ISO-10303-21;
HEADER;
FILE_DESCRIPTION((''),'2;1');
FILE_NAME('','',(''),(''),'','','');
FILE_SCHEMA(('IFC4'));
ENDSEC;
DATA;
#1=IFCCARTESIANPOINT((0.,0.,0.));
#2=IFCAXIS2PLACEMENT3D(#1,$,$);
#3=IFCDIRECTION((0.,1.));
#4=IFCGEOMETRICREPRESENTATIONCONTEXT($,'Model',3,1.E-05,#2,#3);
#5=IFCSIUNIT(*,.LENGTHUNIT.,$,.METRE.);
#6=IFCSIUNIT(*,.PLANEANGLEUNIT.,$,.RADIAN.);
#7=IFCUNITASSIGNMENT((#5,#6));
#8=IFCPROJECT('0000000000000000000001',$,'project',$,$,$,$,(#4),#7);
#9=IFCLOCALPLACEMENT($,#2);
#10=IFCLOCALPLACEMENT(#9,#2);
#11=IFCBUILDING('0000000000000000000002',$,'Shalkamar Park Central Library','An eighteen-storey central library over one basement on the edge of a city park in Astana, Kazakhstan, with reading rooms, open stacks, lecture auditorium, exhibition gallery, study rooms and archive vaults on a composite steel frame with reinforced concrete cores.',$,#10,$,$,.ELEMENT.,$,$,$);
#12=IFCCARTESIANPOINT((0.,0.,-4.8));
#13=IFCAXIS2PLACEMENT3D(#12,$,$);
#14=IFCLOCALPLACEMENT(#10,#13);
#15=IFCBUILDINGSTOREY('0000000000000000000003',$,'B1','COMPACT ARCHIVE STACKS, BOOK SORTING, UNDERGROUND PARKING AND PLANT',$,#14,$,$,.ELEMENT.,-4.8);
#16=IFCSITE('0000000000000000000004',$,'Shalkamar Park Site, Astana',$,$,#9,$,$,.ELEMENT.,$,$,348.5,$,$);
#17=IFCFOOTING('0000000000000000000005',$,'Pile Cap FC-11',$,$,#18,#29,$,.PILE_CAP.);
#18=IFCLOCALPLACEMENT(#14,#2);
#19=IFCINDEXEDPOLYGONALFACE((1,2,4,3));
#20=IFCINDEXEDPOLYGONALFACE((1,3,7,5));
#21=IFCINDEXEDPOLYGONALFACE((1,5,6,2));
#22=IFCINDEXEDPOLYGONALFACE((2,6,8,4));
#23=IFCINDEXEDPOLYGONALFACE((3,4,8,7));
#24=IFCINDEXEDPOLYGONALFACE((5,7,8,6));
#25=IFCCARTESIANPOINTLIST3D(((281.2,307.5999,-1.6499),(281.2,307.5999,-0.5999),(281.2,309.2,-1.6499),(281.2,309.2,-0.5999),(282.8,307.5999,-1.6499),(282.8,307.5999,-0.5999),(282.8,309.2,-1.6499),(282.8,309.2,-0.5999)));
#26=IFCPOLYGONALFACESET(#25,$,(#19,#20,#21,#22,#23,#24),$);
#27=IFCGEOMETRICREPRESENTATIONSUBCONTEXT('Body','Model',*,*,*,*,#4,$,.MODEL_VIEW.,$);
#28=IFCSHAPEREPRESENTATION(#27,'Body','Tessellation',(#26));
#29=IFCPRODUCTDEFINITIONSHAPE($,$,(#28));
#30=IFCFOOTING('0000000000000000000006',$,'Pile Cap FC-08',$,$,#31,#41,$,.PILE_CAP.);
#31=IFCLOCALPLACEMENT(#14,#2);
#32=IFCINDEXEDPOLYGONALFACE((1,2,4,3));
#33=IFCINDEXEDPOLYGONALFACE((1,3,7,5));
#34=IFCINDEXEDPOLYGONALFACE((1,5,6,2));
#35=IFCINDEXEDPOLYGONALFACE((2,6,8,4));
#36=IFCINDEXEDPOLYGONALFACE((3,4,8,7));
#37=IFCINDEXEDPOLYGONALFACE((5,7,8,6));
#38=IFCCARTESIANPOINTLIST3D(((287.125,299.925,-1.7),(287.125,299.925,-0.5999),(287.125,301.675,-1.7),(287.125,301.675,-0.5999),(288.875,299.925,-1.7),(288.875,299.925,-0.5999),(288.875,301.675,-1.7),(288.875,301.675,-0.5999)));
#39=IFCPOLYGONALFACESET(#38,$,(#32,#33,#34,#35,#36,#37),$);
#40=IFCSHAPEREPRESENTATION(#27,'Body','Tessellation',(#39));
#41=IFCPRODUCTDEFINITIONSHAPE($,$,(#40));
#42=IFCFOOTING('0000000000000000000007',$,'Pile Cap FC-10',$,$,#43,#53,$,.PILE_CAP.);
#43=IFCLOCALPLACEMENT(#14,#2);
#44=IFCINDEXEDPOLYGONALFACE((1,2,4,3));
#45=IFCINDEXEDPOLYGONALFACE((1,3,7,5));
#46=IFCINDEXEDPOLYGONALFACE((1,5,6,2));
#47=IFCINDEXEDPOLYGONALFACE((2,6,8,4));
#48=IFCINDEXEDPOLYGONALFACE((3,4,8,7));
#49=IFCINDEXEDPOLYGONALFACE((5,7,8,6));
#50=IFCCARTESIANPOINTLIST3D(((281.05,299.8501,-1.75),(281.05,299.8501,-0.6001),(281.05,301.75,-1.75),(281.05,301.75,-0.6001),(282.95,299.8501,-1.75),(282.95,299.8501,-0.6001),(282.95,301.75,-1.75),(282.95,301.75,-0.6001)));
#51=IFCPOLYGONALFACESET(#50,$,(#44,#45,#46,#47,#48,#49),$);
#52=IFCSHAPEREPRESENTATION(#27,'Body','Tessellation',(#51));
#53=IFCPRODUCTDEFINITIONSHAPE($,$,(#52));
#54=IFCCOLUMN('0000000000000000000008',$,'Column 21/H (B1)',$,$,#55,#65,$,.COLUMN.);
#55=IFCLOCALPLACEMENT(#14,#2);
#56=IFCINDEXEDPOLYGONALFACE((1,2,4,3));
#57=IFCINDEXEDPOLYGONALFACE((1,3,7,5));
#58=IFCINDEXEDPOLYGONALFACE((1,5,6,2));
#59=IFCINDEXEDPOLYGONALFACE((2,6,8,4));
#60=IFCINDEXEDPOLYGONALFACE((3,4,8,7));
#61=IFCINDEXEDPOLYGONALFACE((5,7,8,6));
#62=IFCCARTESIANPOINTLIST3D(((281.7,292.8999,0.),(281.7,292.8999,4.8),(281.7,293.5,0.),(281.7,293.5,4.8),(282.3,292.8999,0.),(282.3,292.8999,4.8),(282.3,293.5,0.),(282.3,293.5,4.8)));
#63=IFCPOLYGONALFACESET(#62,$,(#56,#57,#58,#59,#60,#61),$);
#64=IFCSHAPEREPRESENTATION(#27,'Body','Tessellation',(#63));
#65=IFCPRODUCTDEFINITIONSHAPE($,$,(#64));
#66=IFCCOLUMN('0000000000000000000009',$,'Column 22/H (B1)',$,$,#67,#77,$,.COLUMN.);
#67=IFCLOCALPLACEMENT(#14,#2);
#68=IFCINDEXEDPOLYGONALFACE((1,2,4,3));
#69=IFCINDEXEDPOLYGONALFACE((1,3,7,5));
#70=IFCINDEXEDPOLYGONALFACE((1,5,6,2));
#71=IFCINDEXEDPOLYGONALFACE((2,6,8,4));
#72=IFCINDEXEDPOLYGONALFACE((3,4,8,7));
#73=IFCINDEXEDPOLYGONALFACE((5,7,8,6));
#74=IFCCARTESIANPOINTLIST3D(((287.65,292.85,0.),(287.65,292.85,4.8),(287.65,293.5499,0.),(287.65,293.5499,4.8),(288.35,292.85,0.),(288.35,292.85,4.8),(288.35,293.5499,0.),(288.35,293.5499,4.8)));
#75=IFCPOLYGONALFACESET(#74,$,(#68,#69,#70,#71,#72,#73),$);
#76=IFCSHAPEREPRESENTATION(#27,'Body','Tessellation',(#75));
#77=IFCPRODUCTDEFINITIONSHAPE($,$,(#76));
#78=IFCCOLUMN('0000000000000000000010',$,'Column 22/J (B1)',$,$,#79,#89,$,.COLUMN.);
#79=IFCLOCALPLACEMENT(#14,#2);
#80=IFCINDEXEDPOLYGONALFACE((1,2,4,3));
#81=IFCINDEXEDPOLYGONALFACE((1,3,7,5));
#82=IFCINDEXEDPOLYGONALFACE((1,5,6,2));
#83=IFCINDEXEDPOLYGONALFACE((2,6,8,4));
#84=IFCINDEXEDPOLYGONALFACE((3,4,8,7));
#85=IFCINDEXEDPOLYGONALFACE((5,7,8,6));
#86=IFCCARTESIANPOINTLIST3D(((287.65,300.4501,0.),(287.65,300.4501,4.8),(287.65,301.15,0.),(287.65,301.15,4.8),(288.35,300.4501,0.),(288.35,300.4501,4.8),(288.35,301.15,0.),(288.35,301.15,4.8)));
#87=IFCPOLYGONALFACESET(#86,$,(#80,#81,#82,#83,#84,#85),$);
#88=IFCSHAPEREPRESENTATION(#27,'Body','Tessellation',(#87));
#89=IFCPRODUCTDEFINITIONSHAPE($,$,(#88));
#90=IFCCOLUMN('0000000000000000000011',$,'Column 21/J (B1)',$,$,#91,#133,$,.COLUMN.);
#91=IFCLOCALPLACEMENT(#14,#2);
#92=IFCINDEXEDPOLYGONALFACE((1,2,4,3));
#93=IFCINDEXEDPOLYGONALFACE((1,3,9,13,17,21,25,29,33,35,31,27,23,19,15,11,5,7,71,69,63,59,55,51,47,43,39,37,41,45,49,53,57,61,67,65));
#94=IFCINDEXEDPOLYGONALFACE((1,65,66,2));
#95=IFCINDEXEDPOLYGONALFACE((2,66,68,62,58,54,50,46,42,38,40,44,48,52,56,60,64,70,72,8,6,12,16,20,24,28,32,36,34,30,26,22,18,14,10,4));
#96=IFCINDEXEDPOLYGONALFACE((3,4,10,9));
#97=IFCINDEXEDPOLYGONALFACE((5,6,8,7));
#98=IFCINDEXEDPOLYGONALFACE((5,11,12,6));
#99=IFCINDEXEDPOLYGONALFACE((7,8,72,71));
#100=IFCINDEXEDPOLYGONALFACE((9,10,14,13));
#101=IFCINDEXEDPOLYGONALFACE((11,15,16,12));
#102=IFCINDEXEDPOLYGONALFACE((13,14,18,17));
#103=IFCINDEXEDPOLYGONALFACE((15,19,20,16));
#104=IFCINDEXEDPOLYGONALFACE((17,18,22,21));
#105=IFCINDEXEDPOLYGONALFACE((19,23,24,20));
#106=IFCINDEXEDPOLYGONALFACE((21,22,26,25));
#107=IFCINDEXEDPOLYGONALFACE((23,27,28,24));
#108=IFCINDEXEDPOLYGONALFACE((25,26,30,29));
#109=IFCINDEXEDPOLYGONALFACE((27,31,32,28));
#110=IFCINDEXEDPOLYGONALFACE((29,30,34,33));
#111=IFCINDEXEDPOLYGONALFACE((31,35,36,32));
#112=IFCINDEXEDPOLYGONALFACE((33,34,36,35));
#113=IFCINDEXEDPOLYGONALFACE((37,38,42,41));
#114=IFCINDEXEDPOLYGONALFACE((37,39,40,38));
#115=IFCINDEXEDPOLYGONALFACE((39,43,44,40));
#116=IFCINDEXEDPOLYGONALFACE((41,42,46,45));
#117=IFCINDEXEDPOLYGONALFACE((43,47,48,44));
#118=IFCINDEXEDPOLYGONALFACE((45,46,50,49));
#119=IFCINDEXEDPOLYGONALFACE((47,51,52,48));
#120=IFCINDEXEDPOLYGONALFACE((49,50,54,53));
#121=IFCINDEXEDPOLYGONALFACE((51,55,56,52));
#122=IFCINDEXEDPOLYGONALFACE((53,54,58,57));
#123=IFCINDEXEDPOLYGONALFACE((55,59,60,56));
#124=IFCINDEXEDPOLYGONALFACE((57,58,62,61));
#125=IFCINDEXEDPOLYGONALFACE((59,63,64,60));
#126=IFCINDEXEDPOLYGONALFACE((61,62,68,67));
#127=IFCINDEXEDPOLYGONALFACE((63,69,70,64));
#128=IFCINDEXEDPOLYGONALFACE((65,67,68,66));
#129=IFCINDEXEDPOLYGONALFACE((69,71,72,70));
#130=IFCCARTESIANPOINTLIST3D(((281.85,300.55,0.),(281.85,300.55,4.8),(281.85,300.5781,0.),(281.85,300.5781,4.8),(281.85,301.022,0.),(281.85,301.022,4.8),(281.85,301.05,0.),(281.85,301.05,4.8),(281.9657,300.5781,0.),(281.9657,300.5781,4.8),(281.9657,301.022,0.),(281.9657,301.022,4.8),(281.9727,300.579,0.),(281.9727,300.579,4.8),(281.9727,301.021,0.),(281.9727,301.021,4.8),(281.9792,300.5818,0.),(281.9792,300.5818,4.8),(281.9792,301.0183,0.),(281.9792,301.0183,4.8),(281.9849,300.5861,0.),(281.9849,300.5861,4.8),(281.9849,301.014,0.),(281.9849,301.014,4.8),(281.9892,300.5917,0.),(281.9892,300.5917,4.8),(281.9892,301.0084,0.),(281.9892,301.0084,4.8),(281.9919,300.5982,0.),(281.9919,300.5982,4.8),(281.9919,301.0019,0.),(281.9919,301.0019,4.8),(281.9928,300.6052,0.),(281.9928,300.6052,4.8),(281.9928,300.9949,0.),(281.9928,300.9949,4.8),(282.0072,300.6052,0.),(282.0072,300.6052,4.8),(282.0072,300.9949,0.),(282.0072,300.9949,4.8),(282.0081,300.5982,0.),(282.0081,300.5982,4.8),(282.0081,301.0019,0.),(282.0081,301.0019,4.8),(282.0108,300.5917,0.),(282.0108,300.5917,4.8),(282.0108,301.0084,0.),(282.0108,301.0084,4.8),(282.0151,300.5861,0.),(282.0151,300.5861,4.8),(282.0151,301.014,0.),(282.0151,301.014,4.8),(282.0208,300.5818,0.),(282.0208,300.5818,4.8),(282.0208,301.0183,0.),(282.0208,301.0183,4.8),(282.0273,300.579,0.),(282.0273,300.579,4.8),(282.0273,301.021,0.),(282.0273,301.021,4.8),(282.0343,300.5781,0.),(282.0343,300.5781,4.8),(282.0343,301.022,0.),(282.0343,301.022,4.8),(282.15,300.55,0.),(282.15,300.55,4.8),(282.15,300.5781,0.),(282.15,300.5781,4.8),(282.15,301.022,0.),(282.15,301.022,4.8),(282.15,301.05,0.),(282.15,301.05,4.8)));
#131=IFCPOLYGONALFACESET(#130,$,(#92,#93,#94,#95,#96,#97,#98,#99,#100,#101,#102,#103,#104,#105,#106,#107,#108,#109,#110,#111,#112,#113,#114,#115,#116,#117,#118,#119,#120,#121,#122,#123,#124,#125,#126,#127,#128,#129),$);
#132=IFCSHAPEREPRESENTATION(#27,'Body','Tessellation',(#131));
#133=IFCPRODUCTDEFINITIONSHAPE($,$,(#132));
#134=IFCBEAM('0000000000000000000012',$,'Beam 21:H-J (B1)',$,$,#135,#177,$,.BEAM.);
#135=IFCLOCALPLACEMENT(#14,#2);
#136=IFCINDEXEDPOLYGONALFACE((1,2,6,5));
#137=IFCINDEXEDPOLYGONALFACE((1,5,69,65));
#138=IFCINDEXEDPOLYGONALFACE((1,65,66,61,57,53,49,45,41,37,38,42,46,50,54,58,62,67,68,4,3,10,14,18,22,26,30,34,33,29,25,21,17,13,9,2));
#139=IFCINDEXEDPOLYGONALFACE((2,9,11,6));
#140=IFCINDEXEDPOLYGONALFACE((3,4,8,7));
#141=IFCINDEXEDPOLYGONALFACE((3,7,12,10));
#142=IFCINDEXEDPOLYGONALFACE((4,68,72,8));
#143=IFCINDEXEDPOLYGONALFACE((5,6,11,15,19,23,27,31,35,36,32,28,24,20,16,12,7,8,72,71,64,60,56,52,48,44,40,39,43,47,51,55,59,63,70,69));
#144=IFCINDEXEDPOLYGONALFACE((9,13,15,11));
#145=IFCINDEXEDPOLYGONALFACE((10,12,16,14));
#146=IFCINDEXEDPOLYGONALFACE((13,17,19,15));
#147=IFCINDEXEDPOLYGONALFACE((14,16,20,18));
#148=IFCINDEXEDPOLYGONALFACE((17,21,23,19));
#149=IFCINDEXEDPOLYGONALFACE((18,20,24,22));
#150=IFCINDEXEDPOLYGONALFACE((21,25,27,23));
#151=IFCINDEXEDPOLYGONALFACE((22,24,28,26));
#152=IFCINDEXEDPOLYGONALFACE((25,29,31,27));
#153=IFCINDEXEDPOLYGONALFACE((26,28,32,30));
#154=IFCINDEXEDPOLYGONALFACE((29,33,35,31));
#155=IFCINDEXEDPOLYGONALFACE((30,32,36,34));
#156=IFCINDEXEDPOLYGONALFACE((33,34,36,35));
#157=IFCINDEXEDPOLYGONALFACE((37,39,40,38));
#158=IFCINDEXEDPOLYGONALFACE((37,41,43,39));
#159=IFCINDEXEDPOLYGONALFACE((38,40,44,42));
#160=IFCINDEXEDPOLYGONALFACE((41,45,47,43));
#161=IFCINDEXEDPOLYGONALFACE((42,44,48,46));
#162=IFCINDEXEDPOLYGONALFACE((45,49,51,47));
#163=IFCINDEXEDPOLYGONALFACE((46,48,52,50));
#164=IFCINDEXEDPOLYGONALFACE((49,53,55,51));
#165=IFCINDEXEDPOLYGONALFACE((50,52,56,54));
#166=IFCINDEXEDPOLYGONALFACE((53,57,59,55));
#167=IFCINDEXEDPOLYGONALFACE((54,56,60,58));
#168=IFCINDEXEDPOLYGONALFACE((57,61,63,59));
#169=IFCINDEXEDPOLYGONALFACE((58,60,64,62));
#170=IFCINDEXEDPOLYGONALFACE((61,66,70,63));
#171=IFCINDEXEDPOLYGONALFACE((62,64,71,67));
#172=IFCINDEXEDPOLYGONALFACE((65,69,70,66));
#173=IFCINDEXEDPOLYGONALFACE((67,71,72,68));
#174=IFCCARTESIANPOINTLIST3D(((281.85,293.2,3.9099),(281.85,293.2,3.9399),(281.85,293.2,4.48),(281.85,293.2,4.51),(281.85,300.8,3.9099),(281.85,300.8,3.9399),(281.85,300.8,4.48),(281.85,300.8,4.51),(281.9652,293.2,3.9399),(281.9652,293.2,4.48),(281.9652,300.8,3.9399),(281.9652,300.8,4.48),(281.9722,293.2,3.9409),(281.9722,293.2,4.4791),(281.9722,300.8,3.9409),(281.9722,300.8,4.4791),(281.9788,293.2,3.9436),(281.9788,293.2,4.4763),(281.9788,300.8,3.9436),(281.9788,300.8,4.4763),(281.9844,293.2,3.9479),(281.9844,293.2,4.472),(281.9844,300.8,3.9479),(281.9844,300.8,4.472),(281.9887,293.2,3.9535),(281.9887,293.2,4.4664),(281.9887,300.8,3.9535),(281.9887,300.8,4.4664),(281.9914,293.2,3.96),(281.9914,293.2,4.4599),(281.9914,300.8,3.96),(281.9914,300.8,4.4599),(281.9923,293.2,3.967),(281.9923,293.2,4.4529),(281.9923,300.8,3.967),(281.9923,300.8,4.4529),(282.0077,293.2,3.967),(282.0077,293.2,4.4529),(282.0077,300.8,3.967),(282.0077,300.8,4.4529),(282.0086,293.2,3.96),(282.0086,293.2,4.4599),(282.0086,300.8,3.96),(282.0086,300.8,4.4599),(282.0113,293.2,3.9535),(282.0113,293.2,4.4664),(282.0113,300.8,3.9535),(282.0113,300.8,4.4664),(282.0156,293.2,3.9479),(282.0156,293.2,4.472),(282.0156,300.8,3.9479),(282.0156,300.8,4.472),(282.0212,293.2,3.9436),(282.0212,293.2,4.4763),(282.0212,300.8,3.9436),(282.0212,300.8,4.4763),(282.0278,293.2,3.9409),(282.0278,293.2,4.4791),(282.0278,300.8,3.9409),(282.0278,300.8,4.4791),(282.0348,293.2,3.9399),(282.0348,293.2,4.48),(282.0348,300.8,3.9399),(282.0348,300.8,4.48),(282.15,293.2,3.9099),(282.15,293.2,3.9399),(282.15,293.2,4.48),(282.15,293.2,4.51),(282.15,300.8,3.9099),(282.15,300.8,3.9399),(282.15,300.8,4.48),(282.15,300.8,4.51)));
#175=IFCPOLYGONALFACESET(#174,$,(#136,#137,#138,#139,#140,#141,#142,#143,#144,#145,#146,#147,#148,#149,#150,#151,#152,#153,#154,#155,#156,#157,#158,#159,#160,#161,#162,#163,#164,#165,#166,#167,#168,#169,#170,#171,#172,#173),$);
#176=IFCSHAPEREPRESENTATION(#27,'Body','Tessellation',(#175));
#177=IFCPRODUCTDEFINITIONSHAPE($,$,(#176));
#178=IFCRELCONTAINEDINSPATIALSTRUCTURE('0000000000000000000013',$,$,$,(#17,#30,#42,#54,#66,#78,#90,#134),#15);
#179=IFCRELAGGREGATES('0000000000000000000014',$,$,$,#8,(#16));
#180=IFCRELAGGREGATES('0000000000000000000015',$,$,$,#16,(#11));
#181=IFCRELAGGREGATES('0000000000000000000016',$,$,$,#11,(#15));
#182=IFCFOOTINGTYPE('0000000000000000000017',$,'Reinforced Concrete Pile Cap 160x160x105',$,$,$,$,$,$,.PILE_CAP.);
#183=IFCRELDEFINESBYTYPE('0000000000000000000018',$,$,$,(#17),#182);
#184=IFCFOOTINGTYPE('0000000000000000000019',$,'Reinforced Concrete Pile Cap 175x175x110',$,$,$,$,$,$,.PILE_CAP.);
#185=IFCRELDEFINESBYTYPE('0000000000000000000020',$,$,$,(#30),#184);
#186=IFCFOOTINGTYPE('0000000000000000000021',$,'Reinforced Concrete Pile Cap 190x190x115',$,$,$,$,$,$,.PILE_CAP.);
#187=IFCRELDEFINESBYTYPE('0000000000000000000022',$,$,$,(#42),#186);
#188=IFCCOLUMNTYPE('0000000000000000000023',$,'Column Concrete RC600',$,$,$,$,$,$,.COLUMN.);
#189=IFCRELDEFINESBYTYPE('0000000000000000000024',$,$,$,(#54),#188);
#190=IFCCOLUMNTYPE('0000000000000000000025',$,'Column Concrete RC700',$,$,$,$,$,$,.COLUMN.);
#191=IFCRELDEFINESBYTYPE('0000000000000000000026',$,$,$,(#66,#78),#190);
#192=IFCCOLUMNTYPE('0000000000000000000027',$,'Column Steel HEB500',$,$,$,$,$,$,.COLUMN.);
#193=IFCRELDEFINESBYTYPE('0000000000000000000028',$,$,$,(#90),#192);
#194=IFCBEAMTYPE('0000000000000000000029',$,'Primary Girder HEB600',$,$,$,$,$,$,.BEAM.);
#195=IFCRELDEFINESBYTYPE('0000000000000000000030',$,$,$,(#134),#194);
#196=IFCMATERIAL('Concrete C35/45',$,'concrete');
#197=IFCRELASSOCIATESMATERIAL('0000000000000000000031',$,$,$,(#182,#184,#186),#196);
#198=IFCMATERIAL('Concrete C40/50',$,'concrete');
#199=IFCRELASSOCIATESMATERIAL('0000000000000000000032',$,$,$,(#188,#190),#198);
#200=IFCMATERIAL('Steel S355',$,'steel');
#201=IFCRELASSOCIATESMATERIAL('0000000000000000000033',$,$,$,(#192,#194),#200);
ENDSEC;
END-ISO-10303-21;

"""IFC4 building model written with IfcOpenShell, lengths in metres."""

from ifc_helpers import new_model, si_unit, direction, frame, origin, origin_2d, place, context, subcontext, project, spatial, rectangle, i_section, extrude, material, material_profile, profile_set, type_object, element, save


model = new_model("IFC4")

# Units and contexts
model_context = context("Model", 3, precision=1e-05, world=origin(), true_north=direction((0.0, 1.0)))
body_context = subcontext(model_context, "Body", "Model", "MODEL_VIEW")
ifc_project = project(units=[si_unit("LENGTHUNIT", "METRE"), si_unit("PLANEANGLEUNIT", "RADIAN")], contexts=[model_context])

# Site, building, storey
site_placement = place(None, origin())
site = spatial("IfcSite", under=ifc_project, at=site_placement, Name="Shalkamar Park Site, Astana", CompositionType="ELEMENT", RefElevation=348.5)
building_placement = place(site_placement, origin())
building = spatial("IfcBuilding", under=site, at=building_placement, Name="Shalkamar Park Central Library", Description="An eighteen-storey central library over one basement on the edge of a city park in Astana, Kazakhstan, with reading rooms, open stacks, lecture auditorium, exhibition gallery, study rooms and archive vaults on a composite steel frame with reinforced concrete cores.", CompositionType="ELEMENT")
storey_placement = place(building_placement, frame((0.0, 0.0, -4.8)))
storey = spatial("IfcBuildingStorey", under=building, at=storey_placement, Name="B1", Description="COMPACT ARCHIVE STACKS, BOOK SORTING, UNDERGROUND PARKING AND PLANT", CompositionType="ELEMENT", Elevation=-4.8)

# Shared definitions
ifc_material_1 = material(Name="Concrete C35/45", Category="concrete")

# Footings
footing_type_1 = type_object("IfcFootingType", Name="Reinforced Concrete Pile Cap 160x160x105", PredefinedType="PILE_CAP", material=ifc_material_1)
footing_1_placement = place(storey_placement, frame((282.0, 308.3999, -1.6499), z_axis=(0.0, 0.0, 1.0), x_axis=(1.0, 0.0, 0.0)))
element("IfcFooting", 1, at=footing_1_placement, inside=storey, type_object=footing_type_1, Name="Pile Cap FC-11", PredefinedType="PILE_CAP", context=body_context, shape_type="SweptSolid", body=[
    extrude(rectangle(XDim=1.6001, YDim=1.6001, at=origin_2d()), origin(), (0.0, 0.0, 1.0), 1.05),
])
footing_type_2 = type_object("IfcFootingType", Name="Reinforced Concrete Pile Cap 175x175x110", PredefinedType="PILE_CAP", material=ifc_material_1)
footing_2_placement = place(storey_placement, frame((288.0, 300.8, -1.7), z_axis=(0.0, 0.0, 1.0), x_axis=(1.0, 0.0, 0.0)))
element("IfcFooting", 2, at=footing_2_placement, inside=storey, type_object=footing_type_2, Name="Pile Cap FC-08", PredefinedType="PILE_CAP", context=body_context, shape_type="SweptSolid", body=[
    extrude(rectangle(XDim=1.75, YDim=1.75, at=origin_2d()), origin(), (0.0, 0.0, 1.0), 1.1001),
])
footing_type_3 = type_object("IfcFootingType", Name="Reinforced Concrete Pile Cap 190x190x115", PredefinedType="PILE_CAP", material=ifc_material_1)
footing_3_placement = place(storey_placement, frame((282.0, 300.8, -1.75), z_axis=(0.0, 0.0, 1.0), x_axis=(1.0, 0.0, 0.0)))
element("IfcFooting", 3, at=footing_3_placement, inside=storey, type_object=footing_type_3, Name="Pile Cap FC-10", PredefinedType="PILE_CAP", context=body_context, shape_type="SweptSolid", body=[
    extrude(rectangle(XDim=1.8999, YDim=1.8999, at=origin_2d()), origin(), (0.0, 0.0, 1.0), 1.1499),
])

# Columns
ifc_material_2 = material(Name="Concrete C40/50", Category="concrete")
ifc_material_profile_1 = material_profile(ifc_material_2, rectangle(XDim=0.6001, YDim=0.6001, at=origin_2d()), Name="RC 600x600")
ifc_profile_set_1 = profile_set([ifc_material_profile_1], Name="Concrete C40/50")
column_type_1 = type_object("IfcColumnType", Name="Column Concrete RC600", PredefinedType="COLUMN", material=ifc_profile_set_1)
column_1_placement = place(storey_placement, frame((282.0, 293.2, 0.0), z_axis=(0.0, 0.0, 1.0), x_axis=(1.0, 0.0, 0.0)))
element("IfcColumn", 4, at=column_1_placement, inside=storey, type_object=column_type_1, Name="Column 21/H (B1)", PredefinedType="COLUMN", context=body_context, shape_type="SweptSolid", body=[
    extrude(rectangle(XDim=0.6001, YDim=0.6001, at=origin_2d()), origin(), (0.0, 0.0, 1.0), 4.8),
])
ifc_material_profile_2 = material_profile(ifc_material_2, rectangle(XDim=0.7, YDim=0.7, at=origin_2d()), Name="RC 700x700")
ifc_profile_set_2 = profile_set([ifc_material_profile_2], Name="Concrete C40/50")
column_type_2 = type_object("IfcColumnType", Name="Column Concrete RC700", PredefinedType="COLUMN", material=ifc_profile_set_2)
for number, where, z_axis, x_axis, name in (
    (5, (288.0, 293.2, 0.0), (0.0, 0.0, 1.0), (1.0, 0.0, 0.0), "Column 22/H (B1)"),
    (6, (288.0, 300.8, 0.0), (0.0, 0.0, 1.0), (1.0, 0.0, 0.0), "Column 22/J (B1)"),
):
    element("IfcColumn", number, at=place(storey_placement, frame(where, z_axis=z_axis, x_axis=x_axis)), inside=storey, type_object=column_type_2, Name=name, PredefinedType="COLUMN", context=body_context, shape_type="SweptSolid", body=[
        extrude(rectangle(XDim=0.7, YDim=0.7, at=origin_2d()), origin(), (0.0, 0.0, 1.0), 4.8),
    ])
ifc_material_3 = material(Name="Steel S355", Category="steel")
ifc_material_profile_3 = material_profile(ifc_material_3, i_section(OverallWidth=0.3, OverallDepth=0.5, WebThickness=0.0144, FlangeThickness=0.0281, FilletRadius=0.0271, at=origin_2d()), Name="HEB 500")
ifc_profile_set_3 = profile_set([ifc_material_profile_3], Name="Steel S355")
column_type_3 = type_object("IfcColumnType", Name="Column Steel HEB500", PredefinedType="COLUMN", material=ifc_profile_set_3)
column_2_placement = place(storey_placement, frame((282.0, 300.8, 0.0), z_axis=(0.0, 0.0, 1.0), x_axis=(1.0, 0.0, 0.0)))
element("IfcColumn", 7, at=column_2_placement, inside=storey, type_object=column_type_3, Name="Column 21/J (B1)", PredefinedType="COLUMN", context=body_context, shape_type="SweptSolid", body=[
    extrude(i_section(OverallWidth=0.3, OverallDepth=0.5, WebThickness=0.0144, FlangeThickness=0.0281, FilletRadius=0.0271, at=origin_2d()), origin(), (0.0, 0.0, 1.0), 4.8),
])

# Beam
ifc_material_profile_4 = material_profile(ifc_material_3, i_section(OverallWidth=0.3, OverallDepth=0.6001, WebThickness=0.0154, FlangeThickness=0.03, FilletRadius=0.0271, at=origin_2d()), Name="HEB 600")
ifc_profile_set_4 = profile_set([ifc_material_profile_4], Name="Steel S355")
beam_type_1 = type_object("IfcBeamType", Name="Primary Girder HEB600", PredefinedType="BEAM", material=ifc_profile_set_4)
beam_1_placement = place(storey_placement, frame((282.0, 293.2, 4.21), z_axis=(0.0, 1.0, 0.0), x_axis=(-1.0, 0.0, 0.0)))
element("IfcBeam", 8, at=beam_1_placement, inside=storey, type_object=beam_type_1, Name="Beam 21:H-J (B1)", PredefinedType="BEAM", context=body_context, shape_type="SweptSolid", body=[
    extrude(i_section(OverallWidth=0.3, OverallDepth=0.6001, WebThickness=0.0154, FlangeThickness=0.03, FilletRadius=0.0271, at=origin_2d()), origin(), (0.0, 0.0, 1.0), 7.6001),
])

save(model, "model.ifc")
